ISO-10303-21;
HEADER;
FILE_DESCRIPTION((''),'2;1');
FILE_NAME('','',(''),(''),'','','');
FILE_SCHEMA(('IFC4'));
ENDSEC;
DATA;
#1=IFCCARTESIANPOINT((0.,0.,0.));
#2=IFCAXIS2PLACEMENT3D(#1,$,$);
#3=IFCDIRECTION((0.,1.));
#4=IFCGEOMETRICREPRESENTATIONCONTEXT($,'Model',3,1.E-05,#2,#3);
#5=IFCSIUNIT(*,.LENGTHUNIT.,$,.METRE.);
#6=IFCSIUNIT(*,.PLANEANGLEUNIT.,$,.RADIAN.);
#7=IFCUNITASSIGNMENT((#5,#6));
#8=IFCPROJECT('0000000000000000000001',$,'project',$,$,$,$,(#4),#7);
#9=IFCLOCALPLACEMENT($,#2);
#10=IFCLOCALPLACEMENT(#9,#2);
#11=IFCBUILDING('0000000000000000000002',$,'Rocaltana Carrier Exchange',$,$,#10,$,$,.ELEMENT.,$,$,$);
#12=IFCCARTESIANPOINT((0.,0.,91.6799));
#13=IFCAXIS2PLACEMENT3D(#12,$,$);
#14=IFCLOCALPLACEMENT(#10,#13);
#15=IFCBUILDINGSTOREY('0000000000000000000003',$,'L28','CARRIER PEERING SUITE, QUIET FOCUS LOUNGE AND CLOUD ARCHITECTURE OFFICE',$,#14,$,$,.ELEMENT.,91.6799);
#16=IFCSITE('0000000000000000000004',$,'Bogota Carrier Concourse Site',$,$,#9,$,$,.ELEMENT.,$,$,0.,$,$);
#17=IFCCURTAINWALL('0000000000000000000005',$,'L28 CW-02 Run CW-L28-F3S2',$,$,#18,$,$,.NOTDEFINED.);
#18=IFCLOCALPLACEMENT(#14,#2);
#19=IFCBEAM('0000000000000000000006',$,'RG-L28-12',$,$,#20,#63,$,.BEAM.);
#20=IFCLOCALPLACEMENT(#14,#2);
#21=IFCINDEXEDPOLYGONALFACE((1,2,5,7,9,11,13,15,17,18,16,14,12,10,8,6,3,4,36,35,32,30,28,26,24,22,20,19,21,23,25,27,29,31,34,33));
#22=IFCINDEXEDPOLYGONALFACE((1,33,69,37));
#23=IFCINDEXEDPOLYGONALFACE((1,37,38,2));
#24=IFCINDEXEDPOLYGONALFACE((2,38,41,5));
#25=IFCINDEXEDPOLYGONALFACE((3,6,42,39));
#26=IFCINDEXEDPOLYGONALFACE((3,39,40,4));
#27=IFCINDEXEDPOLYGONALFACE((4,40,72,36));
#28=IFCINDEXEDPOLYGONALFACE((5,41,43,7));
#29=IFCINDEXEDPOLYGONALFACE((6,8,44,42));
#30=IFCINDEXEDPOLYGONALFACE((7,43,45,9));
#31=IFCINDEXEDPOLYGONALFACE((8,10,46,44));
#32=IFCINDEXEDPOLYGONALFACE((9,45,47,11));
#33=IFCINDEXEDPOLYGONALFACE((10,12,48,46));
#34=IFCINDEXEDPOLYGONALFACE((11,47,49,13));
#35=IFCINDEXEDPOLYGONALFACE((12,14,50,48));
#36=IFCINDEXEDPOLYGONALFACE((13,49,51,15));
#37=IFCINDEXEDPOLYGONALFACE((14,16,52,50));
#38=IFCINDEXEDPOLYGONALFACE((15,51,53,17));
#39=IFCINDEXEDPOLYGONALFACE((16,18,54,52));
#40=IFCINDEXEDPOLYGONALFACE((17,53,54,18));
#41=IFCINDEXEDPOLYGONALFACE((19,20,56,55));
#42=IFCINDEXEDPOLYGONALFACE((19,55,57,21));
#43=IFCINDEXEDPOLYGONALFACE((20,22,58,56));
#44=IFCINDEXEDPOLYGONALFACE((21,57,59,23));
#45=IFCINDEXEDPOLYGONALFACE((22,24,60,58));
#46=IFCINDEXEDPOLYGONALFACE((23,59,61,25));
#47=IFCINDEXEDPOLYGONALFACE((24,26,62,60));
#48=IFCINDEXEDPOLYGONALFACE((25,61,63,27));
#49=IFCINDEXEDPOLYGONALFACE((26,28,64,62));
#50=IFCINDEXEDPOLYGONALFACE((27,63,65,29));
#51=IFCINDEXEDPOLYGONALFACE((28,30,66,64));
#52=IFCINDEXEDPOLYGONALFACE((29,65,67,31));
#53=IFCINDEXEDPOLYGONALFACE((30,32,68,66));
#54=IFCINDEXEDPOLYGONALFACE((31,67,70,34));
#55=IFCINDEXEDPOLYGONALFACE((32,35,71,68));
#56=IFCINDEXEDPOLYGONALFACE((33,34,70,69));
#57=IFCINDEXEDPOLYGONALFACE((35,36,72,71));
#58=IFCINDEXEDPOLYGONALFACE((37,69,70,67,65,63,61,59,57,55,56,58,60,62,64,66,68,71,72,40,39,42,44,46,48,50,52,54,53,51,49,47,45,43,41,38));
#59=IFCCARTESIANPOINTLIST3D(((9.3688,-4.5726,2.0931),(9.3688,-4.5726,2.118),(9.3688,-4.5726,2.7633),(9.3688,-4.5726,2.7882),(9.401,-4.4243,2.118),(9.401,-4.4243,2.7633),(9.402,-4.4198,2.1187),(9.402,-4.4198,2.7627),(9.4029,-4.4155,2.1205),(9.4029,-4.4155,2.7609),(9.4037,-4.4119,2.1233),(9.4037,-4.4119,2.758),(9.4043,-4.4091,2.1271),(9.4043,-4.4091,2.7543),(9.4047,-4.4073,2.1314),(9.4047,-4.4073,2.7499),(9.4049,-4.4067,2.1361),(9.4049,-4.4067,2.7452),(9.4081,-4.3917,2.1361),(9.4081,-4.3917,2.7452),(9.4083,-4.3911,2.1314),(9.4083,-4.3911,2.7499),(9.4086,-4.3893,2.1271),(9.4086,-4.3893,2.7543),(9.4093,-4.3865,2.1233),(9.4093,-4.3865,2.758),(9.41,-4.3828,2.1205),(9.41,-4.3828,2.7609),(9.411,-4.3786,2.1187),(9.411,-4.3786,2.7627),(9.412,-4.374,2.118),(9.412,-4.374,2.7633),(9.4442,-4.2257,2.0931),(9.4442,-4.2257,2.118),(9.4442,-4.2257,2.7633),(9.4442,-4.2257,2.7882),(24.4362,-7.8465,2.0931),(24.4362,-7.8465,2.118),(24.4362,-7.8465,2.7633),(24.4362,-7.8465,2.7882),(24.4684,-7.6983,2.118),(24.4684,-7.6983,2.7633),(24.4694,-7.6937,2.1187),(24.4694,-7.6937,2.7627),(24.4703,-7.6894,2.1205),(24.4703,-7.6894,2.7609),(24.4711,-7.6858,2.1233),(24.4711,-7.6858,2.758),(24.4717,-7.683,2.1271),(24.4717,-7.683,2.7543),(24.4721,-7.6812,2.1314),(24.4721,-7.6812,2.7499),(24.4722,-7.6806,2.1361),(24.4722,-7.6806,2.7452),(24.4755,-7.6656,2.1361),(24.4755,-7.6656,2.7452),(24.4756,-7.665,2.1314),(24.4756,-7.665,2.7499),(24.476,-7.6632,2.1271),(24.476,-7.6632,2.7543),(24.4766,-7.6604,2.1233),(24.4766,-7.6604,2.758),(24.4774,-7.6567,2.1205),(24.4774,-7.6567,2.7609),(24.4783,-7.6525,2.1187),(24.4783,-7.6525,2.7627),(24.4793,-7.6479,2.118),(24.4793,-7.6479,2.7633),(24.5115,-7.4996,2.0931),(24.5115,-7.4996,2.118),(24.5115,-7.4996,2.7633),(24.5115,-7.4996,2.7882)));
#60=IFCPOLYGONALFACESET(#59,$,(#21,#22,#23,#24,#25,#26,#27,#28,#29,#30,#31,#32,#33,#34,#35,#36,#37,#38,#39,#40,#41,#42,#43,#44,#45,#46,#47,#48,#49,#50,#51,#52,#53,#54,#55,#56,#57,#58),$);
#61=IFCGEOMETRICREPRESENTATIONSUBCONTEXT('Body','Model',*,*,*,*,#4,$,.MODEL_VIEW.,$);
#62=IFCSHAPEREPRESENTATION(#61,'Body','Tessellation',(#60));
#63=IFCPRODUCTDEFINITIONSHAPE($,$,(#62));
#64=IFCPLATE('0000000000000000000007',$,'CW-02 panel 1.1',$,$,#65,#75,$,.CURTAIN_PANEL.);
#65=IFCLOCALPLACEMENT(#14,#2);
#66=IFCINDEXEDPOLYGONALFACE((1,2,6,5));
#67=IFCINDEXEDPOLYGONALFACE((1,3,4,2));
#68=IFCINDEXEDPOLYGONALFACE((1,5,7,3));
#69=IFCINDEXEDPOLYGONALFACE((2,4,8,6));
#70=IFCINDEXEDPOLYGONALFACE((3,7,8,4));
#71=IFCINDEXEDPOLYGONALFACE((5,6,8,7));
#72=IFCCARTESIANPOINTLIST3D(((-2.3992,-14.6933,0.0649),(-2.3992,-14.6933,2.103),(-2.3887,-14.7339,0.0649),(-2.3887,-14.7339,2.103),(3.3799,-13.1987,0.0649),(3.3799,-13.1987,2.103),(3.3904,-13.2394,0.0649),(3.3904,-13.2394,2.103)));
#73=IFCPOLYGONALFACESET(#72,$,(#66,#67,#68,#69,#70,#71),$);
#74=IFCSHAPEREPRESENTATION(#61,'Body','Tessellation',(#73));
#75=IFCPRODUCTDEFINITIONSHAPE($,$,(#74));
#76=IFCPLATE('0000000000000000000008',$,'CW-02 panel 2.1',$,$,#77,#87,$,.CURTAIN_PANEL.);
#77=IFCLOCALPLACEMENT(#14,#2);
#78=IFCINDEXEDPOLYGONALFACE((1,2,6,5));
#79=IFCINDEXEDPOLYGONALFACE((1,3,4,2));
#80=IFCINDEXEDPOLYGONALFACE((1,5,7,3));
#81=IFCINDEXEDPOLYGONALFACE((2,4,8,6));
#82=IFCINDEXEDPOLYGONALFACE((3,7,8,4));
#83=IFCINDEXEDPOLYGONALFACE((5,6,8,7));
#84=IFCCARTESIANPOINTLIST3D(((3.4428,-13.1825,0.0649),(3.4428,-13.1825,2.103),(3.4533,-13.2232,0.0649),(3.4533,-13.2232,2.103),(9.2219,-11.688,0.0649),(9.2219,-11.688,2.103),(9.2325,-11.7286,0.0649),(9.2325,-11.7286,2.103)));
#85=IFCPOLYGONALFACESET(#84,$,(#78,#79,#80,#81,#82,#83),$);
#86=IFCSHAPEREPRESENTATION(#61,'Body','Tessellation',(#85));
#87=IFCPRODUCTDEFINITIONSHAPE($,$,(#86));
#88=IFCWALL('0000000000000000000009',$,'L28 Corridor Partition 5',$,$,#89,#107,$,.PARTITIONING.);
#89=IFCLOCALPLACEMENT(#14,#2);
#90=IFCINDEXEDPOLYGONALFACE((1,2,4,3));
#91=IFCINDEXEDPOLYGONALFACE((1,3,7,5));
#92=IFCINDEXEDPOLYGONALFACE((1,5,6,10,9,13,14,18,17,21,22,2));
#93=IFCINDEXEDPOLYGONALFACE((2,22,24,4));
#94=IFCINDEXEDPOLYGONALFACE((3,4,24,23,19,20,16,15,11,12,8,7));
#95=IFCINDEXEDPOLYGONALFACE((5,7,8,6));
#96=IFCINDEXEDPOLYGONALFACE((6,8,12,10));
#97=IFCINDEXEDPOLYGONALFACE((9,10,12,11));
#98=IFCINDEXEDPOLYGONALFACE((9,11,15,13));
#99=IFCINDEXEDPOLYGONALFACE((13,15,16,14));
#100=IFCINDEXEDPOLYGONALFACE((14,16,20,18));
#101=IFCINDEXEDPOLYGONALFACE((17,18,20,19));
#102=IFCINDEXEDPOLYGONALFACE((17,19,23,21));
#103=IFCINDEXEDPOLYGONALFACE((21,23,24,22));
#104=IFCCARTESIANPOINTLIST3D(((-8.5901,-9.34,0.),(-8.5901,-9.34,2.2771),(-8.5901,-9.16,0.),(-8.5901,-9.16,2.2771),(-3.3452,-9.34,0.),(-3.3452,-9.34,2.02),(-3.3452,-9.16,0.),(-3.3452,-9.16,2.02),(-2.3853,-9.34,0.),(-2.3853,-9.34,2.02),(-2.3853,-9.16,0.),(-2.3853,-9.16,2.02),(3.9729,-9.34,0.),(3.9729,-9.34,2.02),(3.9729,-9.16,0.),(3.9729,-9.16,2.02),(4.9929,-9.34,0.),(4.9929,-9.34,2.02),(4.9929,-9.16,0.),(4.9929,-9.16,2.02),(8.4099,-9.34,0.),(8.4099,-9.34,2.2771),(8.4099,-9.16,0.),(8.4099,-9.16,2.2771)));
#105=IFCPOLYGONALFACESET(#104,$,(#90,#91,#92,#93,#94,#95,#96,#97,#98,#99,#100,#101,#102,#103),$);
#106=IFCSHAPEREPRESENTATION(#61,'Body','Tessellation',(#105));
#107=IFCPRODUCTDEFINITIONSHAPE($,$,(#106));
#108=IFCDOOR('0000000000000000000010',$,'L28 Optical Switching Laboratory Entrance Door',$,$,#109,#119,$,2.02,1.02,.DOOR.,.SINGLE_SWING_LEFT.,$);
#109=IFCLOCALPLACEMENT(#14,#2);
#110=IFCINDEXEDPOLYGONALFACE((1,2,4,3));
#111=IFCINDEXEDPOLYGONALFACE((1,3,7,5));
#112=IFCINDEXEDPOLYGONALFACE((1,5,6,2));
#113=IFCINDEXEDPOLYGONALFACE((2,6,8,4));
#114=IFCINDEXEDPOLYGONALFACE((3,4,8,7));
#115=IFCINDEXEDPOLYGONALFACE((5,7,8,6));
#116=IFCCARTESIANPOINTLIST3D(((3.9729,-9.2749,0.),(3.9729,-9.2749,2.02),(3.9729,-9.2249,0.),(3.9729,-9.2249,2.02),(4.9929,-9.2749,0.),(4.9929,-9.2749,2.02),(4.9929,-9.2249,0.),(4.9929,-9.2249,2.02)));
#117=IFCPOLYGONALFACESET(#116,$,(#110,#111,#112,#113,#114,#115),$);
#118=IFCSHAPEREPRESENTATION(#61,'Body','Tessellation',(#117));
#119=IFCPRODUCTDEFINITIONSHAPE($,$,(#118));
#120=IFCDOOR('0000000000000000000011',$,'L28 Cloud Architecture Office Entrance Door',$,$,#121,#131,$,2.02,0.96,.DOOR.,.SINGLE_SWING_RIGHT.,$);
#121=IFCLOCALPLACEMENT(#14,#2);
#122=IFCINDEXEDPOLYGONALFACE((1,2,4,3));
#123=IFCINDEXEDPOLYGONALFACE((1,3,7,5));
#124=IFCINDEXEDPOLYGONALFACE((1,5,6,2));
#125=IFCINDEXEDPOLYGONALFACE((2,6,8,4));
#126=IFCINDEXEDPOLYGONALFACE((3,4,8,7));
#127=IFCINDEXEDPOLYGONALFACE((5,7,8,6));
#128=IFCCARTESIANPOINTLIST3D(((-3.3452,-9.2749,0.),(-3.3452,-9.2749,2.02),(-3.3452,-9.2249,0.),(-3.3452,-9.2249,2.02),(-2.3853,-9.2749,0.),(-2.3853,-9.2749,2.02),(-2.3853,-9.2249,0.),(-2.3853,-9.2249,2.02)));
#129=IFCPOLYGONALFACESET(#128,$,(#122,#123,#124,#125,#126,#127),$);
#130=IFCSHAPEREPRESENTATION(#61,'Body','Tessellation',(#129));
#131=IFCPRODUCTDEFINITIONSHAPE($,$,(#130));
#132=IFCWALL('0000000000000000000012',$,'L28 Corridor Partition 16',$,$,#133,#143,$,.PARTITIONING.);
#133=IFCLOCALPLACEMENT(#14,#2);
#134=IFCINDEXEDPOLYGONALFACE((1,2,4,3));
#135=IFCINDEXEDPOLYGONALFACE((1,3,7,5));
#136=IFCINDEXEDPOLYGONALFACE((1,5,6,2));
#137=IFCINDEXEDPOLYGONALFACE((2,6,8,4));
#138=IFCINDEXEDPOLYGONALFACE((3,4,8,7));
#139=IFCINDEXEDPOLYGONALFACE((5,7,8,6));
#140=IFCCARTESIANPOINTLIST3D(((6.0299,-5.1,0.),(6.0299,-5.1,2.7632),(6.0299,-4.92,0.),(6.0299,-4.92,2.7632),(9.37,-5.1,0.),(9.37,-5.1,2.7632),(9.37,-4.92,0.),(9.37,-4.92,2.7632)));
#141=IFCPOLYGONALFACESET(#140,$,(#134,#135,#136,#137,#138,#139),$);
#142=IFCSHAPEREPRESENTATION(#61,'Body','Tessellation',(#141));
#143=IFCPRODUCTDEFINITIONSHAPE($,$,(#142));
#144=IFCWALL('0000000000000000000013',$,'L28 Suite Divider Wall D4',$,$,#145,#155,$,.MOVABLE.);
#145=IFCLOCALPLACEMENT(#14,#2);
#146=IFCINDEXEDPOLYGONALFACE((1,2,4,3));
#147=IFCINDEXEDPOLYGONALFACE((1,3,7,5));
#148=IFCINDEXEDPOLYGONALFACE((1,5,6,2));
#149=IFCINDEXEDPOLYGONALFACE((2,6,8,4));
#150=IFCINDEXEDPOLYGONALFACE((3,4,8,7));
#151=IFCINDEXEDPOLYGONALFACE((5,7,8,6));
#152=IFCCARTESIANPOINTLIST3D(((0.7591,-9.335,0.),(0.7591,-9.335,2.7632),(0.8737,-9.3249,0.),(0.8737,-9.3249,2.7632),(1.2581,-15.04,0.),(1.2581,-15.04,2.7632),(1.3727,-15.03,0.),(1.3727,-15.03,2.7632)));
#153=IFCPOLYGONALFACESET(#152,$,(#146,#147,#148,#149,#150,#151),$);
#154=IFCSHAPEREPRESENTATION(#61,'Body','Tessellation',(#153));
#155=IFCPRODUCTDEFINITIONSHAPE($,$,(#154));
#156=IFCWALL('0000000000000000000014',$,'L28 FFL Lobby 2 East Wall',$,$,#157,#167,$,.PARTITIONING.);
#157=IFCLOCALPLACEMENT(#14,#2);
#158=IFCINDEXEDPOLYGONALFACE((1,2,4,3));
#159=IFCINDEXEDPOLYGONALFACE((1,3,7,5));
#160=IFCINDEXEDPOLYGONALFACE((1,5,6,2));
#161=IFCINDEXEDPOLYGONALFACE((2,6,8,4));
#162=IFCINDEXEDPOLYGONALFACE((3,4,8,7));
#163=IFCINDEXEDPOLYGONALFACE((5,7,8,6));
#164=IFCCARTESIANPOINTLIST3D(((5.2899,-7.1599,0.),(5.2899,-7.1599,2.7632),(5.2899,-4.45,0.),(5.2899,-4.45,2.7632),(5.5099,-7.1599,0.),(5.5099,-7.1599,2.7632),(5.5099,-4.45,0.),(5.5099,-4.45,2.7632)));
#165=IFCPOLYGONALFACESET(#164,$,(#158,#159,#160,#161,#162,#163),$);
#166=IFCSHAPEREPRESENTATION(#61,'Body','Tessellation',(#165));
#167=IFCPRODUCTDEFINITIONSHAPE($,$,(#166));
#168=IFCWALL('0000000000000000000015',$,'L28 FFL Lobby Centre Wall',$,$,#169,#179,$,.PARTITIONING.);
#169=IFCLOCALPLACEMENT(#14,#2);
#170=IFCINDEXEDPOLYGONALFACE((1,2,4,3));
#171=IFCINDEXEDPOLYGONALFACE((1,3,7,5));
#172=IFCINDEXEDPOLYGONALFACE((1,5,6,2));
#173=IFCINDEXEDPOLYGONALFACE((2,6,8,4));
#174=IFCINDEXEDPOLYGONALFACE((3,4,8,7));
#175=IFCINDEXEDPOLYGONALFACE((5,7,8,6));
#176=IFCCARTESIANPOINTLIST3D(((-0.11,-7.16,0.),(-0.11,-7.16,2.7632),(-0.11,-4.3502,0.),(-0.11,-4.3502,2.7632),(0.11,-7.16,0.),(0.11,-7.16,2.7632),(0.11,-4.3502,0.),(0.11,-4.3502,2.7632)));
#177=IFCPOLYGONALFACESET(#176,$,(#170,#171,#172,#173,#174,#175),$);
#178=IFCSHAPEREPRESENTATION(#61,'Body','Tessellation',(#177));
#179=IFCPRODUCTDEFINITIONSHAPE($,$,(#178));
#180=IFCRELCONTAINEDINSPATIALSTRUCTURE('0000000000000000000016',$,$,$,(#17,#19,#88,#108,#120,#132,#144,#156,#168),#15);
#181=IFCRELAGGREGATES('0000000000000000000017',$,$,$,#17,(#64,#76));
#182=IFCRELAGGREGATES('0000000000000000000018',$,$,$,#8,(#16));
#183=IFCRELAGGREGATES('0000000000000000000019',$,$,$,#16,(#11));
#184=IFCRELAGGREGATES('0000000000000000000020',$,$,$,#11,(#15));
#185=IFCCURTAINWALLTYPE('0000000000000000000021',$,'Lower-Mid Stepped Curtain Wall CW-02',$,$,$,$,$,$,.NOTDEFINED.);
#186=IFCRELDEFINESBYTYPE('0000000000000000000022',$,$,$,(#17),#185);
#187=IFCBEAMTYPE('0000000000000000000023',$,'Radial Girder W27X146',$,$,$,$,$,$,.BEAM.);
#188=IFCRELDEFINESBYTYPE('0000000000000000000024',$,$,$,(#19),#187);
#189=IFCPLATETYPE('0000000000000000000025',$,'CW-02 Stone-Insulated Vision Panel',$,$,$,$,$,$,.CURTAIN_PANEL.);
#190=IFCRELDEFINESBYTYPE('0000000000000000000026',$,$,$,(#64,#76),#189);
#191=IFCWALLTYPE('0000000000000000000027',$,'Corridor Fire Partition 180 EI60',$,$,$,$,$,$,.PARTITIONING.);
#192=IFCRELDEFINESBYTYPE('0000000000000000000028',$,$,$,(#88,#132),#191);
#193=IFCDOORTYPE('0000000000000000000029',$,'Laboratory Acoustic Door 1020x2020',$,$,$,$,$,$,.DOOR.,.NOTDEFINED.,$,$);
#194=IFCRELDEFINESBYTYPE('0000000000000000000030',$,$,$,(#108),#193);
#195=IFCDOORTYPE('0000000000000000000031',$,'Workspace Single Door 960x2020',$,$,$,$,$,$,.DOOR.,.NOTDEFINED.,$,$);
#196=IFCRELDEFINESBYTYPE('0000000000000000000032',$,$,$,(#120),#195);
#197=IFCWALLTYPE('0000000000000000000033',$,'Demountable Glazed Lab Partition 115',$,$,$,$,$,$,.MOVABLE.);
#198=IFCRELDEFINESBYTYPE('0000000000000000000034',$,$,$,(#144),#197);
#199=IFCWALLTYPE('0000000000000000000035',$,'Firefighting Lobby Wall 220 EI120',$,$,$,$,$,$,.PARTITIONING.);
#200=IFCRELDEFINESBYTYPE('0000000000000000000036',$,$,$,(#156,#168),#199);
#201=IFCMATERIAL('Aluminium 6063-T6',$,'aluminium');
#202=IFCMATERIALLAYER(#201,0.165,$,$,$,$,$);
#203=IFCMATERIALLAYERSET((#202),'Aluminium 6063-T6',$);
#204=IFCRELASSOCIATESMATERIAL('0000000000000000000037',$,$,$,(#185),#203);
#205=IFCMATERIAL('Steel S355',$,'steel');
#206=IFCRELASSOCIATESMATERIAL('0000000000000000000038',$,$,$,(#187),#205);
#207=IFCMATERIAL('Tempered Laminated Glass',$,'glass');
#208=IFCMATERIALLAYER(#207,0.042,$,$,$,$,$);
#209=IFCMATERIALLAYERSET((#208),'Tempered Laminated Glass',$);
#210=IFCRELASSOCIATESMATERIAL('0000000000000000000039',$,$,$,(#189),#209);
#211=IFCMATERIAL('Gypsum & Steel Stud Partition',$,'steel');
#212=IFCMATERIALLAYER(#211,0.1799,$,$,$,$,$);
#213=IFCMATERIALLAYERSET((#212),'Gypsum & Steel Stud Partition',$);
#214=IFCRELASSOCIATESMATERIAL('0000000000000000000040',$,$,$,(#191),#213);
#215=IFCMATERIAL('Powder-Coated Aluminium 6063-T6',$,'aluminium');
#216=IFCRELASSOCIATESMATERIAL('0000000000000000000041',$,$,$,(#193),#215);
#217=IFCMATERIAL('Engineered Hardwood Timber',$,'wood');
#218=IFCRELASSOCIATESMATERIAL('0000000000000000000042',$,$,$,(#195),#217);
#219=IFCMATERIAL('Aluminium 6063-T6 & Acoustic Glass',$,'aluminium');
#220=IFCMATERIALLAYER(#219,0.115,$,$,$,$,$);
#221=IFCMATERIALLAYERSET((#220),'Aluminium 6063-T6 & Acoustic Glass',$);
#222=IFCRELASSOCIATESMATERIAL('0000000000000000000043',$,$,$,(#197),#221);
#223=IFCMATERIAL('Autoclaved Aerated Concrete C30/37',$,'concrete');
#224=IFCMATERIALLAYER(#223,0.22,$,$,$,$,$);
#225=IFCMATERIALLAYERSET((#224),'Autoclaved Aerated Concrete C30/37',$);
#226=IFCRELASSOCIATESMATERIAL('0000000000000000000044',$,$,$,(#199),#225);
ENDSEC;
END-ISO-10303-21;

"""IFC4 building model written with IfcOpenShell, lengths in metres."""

from ifc_helpers import new_model, si_unit, direction, frame, frame_2d, origin, origin_2d, place, context, subcontext, project, spatial, rectangle, i_section, extrude, material, layer, layer_set, material_profile, profile_set, type_object, element, fill, aggregate, save


model = new_model("IFC4")

# Units and contexts
model_context = context("Model", 3, precision=1e-05, world=origin(), true_north=direction((0.0, 1.0)))
body_context = subcontext(model_context, "Body", "Model", "MODEL_VIEW")
ifc_project = project(units=[si_unit("LENGTHUNIT", "METRE"), si_unit("PLANEANGLEUNIT", "RADIAN")], contexts=[model_context])

# Site, building, storey
site_placement = place(None, origin())
site = spatial("IfcSite", under=ifc_project, at=site_placement, Name="Bogota Carrier Concourse Site", CompositionType="ELEMENT", RefElevation=0.0)
building_placement = place(site_placement, origin())
building = spatial("IfcBuilding", under=site, at=building_placement, Name="Rocaltana Carrier Exchange", CompositionType="ELEMENT")
storey_placement = place(building_placement, frame((0.0, 0.0, 91.6799)))
storey = spatial("IfcBuildingStorey", under=building, at=storey_placement, Name="L28", Description="CARRIER PEERING SUITE, QUIET FOCUS LOUNGE AND CLOUD ARCHITECTURE OFFICE", CompositionType="ELEMENT", Elevation=91.6799)

# Curtain wall
ifc_material_1 = material(Name="Aluminium 6063-T6", Category="aluminium")
ifc_layer_1 = layer(ifc_material_1, 0.165)
ifc_layer_set_1 = layer_set([ifc_layer_1], Name="Aluminium 6063-T6")
curtain_wall_type = type_object("IfcCurtainWallType", Name="Lower-Mid Stepped Curtain Wall CW-02", PredefinedType="NOTDEFINED", material=ifc_layer_set_1)
curtain_wall_placement = place(storey_placement, origin())
curtain_wall = element("IfcCurtainWall", 1, at=curtain_wall_placement, inside=storey, type_object=curtain_wall_type, Name="L28 CW-02 Run CW-L28-F3S2", PredefinedType="NOTDEFINED")

# Beam
ifc_material_2 = material(Name="Steel S355", Category="steel")
ifc_material_profile_1 = material_profile(ifc_material_2, i_section(OverallWidth=0.355, OverallDepth=0.6951, WebThickness=0.0154, FlangeThickness=0.0249, FilletRadius=0.0181, at=origin_2d()), Name="W27X146")
ifc_profile_set_1 = profile_set([ifc_material_profile_1], Name="Steel S355")
beam_type = type_object("IfcBeamType", Name="Radial Girder W27X146", PredefinedType="BEAM", material=ifc_profile_set_1)
beam_1_placement = place(storey_placement, frame((9.4065, -4.3992, 2.4407), z_axis=(0.977198, -0.212331, 0.0), x_axis=(0.212331, 0.977198, 0.0)))
element("IfcBeam", 2, at=beam_1_placement, inside=storey, type_object=beam_type, Name="RG-L28-12", PredefinedType="BEAM", context=body_context, shape_type="SweptSolid", body=[
    extrude(i_section(OverallWidth=0.355, OverallDepth=0.6951, WebThickness=0.0154, FlangeThickness=0.0249, FilletRadius=0.0181, at=origin_2d()), origin(), (0.0, 0.0, 1.0), 15.4189),
])

# Plates
ifc_material_3 = material(Name="Tempered Laminated Glass", Category="glass")
ifc_layer_2 = layer(ifc_material_3, 0.042)
ifc_layer_set_2 = layer_set([ifc_layer_2], Name="Tempered Laminated Glass")
plate_type = type_object("IfcPlateType", Name="CW-02 Stone-Insulated Vision Panel", PredefinedType="CURTAIN_PANEL", material=ifc_layer_set_2)
plate_1_placement = place(storey_placement, frame((0.4956, -13.9663, 0.0649), z_axis=(0.0, 0.0, 1.0), x_axis=(0.968148, 0.250378, 0.0)))
plate_1 = element("IfcPlate", 3, at=plate_1_placement, type_object=plate_type, Name="CW-02 panel 1.1", PredefinedType="CURTAIN_PANEL", context=body_context, shape_type="SweptSolid", body=[
    extrude(rectangle(XDim=5.9692, YDim=0.042, at=origin_2d()), origin(), (0.0, 0.0, 1.0), 2.0381),
])
plate_2_placement = place(storey_placement, frame((6.3376, -12.4556, 0.0649), z_axis=(0.0, 0.0, 1.0), x_axis=(0.968148, 0.250378, 0.0)))
plate_2 = element("IfcPlate", 4, at=plate_2_placement, type_object=plate_type, Name="CW-02 panel 2.1", PredefinedType="CURTAIN_PANEL", context=body_context, shape_type="SweptSolid", body=[
    extrude(rectangle(XDim=5.9692, YDim=0.042, at=origin_2d()), origin(), (0.0, 0.0, 1.0), 2.0381),
])
aggregate(curtain_wall, [plate_1, plate_2])

# Wall, openings, doors
ifc_material_4 = material(Name="Gypsum & Steel Stud Partition", Category="steel")
ifc_layer_3 = layer(ifc_material_4, 0.1799)
ifc_layer_set_3 = layer_set([ifc_layer_3], Name="Gypsum & Steel Stud Partition")
wall_type_1 = type_object("IfcWallType", Name="Corridor Fire Partition 180 EI60", PredefinedType="PARTITIONING", material=ifc_layer_set_3)
wall_1_placement = place(storey_placement, frame((8.4099, -9.25, 0.0), z_axis=(0.0, 0.0, 1.0), x_axis=(-1.0, 0.0, 0.0)))
wall_1 = element("IfcWall", 5, at=wall_1_placement, inside=storey, type_object=wall_type_1, Name="L28 Corridor Partition 5", PredefinedType="PARTITIONING", context=body_context, shape_type="SweptSolid", body=[
    extrude(rectangle(XDim=17.0, YDim=0.1799, at=frame_2d((8.5, 0.0))), origin(), (0.0, 0.0, 1.0), 2.2771),
])
opening_1_placement = place(wall_1_placement, frame((10.7952, 0.0, 0.0)))
opening_1 = element("IfcOpeningElement", 6, at=opening_1_placement, cuts=wall_1, PredefinedType="OPENING", context=body_context, shape_type="SweptSolid", body=[
    extrude(rectangle(XDim=0.96, YDim=2.02, at=frame_2d((0.48, 1.01))), frame((0.0, 0.0999, 0.0), z_axis=(0.0, -1.0, 0.0), x_axis=(1.0, 0.0, 0.0)), (0.0, 0.0, 1.0), 0.2),
])
opening_2_placement = place(wall_1_placement, frame((3.417, 0.0, 0.0)))
opening_2 = element("IfcOpeningElement", 7, at=opening_2_placement, cuts=wall_1, PredefinedType="OPENING", context=body_context, shape_type="SweptSolid", body=[
    extrude(rectangle(XDim=1.02, YDim=2.02, at=frame_2d((0.51, 1.01))), frame((0.0, 0.0999, 0.0), z_axis=(0.0, -1.0, 0.0), x_axis=(1.0, 0.0, 0.0)), (0.0, 0.0, 1.0), 0.2),
])
ifc_material_5 = material(Name="Powder-Coated Aluminium 6063-T6", Category="aluminium")
door_type_1 = type_object("IfcDoorType", Name="Laboratory Acoustic Door 1020x2020", OperationType="NOTDEFINED", PredefinedType="DOOR", material=ifc_material_5)
door_1_placement = place(opening_2_placement, origin())
door_1 = element("IfcDoor", 8, at=door_1_placement, inside=storey, type_object=door_type_1, Name="L28 Optical Switching Laboratory Entrance Door", OperationType="SINGLE_SWING_LEFT", OverallHeight=2.02, OverallWidth=1.02, PredefinedType="DOOR", context=body_context, shape_type="SweptSolid", body=[
    extrude(rectangle(XDim=1.02, YDim=2.02, at=frame_2d((0.51, 1.01))), frame((0.0, 0.0249, 0.0), z_axis=(0.0, -1.0, 0.0), x_axis=(1.0, 0.0, 0.0)), (0.0, 0.0, 1.0), 0.05),
])
fill(opening_2, door_1)
ifc_material_6 = material(Name="Engineered Hardwood Timber", Category="wood")
door_type_2 = type_object("IfcDoorType", Name="Workspace Single Door 960x2020", OperationType="NOTDEFINED", PredefinedType="DOOR", material=ifc_material_6)
door_2_placement = place(opening_1_placement, origin())
door_2 = element("IfcDoor", 9, at=door_2_placement, inside=storey, type_object=door_type_2, Name="L28 Cloud Architecture Office Entrance Door", OperationType="SINGLE_SWING_RIGHT", OverallHeight=2.02, OverallWidth=0.96, PredefinedType="DOOR", context=body_context, shape_type="SweptSolid", body=[
    extrude(rectangle(XDim=0.96, YDim=2.02, at=frame_2d((0.48, 1.01))), frame((0.0, 0.0249, 0.0), z_axis=(0.0, -1.0, 0.0), x_axis=(1.0, 0.0, 0.0)), (0.0, 0.0, 1.0), 0.05),
])
fill(opening_1, door_2)

# Walls
wall_2_placement = place(storey_placement, frame((6.03, -5.01, 0.0), z_axis=(0.0, 0.0, 1.0), x_axis=(1.0, 0.0, 0.0)))
element("IfcWall", 10, at=wall_2_placement, inside=storey, type_object=wall_type_1, Name="L28 Corridor Partition 16", PredefinedType="PARTITIONING", context=body_context, shape_type="SweptSolid", body=[
    extrude(rectangle(XDim=3.3401, YDim=0.1799, at=frame_2d((1.6699, 0.0))), origin(), (0.0, 0.0, 1.0), 2.7632),
])
ifc_material_7 = material(Name="Aluminium 6063-T6 & Acoustic Glass", Category="aluminium")
ifc_layer_4 = layer(ifc_material_7, 0.115)
ifc_layer_set_4 = layer_set([ifc_layer_4], Name="Aluminium 6063-T6 & Acoustic Glass")
wall_type_2 = type_object("IfcWallType", Name="Demountable Glazed Lab Partition 115", PredefinedType="MOVABLE", material=ifc_layer_set_4)
wall_3_placement = place(storey_placement, frame((0.8164, -9.3301, 0.0), z_axis=(0.0, 0.0, 1.0), x_axis=(0.087137, -0.996196, 0.0)))
element("IfcWall", 11, at=wall_3_placement, inside=storey, type_object=wall_type_2, Name="L28 Suite Divider Wall D4", PredefinedType="MOVABLE", context=body_context, shape_type="SweptSolid", body=[
    extrude(rectangle(XDim=5.7268, YDim=0.115, at=frame_2d((2.8633, 0.0))), origin(), (0.0, 0.0, 1.0), 2.7632),
])
ifc_material_8 = material(Name="Autoclaved Aerated Concrete C30/37", Category="concrete")
ifc_layer_5 = layer(ifc_material_8, 0.22)
ifc_layer_set_5 = layer_set([ifc_layer_5], Name="Autoclaved Aerated Concrete C30/37")
wall_type_3 = type_object("IfcWallType", Name="Firefighting Lobby Wall 220 EI120", PredefinedType="PARTITIONING", material=ifc_layer_set_5)
wall_4_placement = place(storey_placement, frame((5.3999, -7.1599, 0.0), z_axis=(0.0, 0.0, 1.0), x_axis=(0.0, 1.0, 0.0)))
element("IfcWall", 12, at=wall_4_placement, inside=storey, type_object=wall_type_3, Name="L28 FFL Lobby 2 East Wall", PredefinedType="PARTITIONING", context=body_context, shape_type="SweptSolid", body=[
    extrude(rectangle(XDim=2.71, YDim=0.22, at=frame_2d((1.355, 0.0))), origin(), (0.0, 0.0, 1.0), 2.7632),
])
wall_5_placement = place(storey_placement, frame((0.0, -7.1599, 0.0), z_axis=(0.0, 0.0, 1.0), x_axis=(0.0, 1.0, 0.0)))
element("IfcWall", 13, at=wall_5_placement, inside=storey, type_object=wall_type_3, Name="L28 FFL Lobby Centre Wall", PredefinedType="PARTITIONING", context=body_context, shape_type="SweptSolid", body=[
    extrude(rectangle(XDim=2.8098, YDim=0.22, at=frame_2d((1.4048, 0.0))), origin(), (0.0, 0.0, 1.0), 2.7632),
])

save(model, "model.ifc")
